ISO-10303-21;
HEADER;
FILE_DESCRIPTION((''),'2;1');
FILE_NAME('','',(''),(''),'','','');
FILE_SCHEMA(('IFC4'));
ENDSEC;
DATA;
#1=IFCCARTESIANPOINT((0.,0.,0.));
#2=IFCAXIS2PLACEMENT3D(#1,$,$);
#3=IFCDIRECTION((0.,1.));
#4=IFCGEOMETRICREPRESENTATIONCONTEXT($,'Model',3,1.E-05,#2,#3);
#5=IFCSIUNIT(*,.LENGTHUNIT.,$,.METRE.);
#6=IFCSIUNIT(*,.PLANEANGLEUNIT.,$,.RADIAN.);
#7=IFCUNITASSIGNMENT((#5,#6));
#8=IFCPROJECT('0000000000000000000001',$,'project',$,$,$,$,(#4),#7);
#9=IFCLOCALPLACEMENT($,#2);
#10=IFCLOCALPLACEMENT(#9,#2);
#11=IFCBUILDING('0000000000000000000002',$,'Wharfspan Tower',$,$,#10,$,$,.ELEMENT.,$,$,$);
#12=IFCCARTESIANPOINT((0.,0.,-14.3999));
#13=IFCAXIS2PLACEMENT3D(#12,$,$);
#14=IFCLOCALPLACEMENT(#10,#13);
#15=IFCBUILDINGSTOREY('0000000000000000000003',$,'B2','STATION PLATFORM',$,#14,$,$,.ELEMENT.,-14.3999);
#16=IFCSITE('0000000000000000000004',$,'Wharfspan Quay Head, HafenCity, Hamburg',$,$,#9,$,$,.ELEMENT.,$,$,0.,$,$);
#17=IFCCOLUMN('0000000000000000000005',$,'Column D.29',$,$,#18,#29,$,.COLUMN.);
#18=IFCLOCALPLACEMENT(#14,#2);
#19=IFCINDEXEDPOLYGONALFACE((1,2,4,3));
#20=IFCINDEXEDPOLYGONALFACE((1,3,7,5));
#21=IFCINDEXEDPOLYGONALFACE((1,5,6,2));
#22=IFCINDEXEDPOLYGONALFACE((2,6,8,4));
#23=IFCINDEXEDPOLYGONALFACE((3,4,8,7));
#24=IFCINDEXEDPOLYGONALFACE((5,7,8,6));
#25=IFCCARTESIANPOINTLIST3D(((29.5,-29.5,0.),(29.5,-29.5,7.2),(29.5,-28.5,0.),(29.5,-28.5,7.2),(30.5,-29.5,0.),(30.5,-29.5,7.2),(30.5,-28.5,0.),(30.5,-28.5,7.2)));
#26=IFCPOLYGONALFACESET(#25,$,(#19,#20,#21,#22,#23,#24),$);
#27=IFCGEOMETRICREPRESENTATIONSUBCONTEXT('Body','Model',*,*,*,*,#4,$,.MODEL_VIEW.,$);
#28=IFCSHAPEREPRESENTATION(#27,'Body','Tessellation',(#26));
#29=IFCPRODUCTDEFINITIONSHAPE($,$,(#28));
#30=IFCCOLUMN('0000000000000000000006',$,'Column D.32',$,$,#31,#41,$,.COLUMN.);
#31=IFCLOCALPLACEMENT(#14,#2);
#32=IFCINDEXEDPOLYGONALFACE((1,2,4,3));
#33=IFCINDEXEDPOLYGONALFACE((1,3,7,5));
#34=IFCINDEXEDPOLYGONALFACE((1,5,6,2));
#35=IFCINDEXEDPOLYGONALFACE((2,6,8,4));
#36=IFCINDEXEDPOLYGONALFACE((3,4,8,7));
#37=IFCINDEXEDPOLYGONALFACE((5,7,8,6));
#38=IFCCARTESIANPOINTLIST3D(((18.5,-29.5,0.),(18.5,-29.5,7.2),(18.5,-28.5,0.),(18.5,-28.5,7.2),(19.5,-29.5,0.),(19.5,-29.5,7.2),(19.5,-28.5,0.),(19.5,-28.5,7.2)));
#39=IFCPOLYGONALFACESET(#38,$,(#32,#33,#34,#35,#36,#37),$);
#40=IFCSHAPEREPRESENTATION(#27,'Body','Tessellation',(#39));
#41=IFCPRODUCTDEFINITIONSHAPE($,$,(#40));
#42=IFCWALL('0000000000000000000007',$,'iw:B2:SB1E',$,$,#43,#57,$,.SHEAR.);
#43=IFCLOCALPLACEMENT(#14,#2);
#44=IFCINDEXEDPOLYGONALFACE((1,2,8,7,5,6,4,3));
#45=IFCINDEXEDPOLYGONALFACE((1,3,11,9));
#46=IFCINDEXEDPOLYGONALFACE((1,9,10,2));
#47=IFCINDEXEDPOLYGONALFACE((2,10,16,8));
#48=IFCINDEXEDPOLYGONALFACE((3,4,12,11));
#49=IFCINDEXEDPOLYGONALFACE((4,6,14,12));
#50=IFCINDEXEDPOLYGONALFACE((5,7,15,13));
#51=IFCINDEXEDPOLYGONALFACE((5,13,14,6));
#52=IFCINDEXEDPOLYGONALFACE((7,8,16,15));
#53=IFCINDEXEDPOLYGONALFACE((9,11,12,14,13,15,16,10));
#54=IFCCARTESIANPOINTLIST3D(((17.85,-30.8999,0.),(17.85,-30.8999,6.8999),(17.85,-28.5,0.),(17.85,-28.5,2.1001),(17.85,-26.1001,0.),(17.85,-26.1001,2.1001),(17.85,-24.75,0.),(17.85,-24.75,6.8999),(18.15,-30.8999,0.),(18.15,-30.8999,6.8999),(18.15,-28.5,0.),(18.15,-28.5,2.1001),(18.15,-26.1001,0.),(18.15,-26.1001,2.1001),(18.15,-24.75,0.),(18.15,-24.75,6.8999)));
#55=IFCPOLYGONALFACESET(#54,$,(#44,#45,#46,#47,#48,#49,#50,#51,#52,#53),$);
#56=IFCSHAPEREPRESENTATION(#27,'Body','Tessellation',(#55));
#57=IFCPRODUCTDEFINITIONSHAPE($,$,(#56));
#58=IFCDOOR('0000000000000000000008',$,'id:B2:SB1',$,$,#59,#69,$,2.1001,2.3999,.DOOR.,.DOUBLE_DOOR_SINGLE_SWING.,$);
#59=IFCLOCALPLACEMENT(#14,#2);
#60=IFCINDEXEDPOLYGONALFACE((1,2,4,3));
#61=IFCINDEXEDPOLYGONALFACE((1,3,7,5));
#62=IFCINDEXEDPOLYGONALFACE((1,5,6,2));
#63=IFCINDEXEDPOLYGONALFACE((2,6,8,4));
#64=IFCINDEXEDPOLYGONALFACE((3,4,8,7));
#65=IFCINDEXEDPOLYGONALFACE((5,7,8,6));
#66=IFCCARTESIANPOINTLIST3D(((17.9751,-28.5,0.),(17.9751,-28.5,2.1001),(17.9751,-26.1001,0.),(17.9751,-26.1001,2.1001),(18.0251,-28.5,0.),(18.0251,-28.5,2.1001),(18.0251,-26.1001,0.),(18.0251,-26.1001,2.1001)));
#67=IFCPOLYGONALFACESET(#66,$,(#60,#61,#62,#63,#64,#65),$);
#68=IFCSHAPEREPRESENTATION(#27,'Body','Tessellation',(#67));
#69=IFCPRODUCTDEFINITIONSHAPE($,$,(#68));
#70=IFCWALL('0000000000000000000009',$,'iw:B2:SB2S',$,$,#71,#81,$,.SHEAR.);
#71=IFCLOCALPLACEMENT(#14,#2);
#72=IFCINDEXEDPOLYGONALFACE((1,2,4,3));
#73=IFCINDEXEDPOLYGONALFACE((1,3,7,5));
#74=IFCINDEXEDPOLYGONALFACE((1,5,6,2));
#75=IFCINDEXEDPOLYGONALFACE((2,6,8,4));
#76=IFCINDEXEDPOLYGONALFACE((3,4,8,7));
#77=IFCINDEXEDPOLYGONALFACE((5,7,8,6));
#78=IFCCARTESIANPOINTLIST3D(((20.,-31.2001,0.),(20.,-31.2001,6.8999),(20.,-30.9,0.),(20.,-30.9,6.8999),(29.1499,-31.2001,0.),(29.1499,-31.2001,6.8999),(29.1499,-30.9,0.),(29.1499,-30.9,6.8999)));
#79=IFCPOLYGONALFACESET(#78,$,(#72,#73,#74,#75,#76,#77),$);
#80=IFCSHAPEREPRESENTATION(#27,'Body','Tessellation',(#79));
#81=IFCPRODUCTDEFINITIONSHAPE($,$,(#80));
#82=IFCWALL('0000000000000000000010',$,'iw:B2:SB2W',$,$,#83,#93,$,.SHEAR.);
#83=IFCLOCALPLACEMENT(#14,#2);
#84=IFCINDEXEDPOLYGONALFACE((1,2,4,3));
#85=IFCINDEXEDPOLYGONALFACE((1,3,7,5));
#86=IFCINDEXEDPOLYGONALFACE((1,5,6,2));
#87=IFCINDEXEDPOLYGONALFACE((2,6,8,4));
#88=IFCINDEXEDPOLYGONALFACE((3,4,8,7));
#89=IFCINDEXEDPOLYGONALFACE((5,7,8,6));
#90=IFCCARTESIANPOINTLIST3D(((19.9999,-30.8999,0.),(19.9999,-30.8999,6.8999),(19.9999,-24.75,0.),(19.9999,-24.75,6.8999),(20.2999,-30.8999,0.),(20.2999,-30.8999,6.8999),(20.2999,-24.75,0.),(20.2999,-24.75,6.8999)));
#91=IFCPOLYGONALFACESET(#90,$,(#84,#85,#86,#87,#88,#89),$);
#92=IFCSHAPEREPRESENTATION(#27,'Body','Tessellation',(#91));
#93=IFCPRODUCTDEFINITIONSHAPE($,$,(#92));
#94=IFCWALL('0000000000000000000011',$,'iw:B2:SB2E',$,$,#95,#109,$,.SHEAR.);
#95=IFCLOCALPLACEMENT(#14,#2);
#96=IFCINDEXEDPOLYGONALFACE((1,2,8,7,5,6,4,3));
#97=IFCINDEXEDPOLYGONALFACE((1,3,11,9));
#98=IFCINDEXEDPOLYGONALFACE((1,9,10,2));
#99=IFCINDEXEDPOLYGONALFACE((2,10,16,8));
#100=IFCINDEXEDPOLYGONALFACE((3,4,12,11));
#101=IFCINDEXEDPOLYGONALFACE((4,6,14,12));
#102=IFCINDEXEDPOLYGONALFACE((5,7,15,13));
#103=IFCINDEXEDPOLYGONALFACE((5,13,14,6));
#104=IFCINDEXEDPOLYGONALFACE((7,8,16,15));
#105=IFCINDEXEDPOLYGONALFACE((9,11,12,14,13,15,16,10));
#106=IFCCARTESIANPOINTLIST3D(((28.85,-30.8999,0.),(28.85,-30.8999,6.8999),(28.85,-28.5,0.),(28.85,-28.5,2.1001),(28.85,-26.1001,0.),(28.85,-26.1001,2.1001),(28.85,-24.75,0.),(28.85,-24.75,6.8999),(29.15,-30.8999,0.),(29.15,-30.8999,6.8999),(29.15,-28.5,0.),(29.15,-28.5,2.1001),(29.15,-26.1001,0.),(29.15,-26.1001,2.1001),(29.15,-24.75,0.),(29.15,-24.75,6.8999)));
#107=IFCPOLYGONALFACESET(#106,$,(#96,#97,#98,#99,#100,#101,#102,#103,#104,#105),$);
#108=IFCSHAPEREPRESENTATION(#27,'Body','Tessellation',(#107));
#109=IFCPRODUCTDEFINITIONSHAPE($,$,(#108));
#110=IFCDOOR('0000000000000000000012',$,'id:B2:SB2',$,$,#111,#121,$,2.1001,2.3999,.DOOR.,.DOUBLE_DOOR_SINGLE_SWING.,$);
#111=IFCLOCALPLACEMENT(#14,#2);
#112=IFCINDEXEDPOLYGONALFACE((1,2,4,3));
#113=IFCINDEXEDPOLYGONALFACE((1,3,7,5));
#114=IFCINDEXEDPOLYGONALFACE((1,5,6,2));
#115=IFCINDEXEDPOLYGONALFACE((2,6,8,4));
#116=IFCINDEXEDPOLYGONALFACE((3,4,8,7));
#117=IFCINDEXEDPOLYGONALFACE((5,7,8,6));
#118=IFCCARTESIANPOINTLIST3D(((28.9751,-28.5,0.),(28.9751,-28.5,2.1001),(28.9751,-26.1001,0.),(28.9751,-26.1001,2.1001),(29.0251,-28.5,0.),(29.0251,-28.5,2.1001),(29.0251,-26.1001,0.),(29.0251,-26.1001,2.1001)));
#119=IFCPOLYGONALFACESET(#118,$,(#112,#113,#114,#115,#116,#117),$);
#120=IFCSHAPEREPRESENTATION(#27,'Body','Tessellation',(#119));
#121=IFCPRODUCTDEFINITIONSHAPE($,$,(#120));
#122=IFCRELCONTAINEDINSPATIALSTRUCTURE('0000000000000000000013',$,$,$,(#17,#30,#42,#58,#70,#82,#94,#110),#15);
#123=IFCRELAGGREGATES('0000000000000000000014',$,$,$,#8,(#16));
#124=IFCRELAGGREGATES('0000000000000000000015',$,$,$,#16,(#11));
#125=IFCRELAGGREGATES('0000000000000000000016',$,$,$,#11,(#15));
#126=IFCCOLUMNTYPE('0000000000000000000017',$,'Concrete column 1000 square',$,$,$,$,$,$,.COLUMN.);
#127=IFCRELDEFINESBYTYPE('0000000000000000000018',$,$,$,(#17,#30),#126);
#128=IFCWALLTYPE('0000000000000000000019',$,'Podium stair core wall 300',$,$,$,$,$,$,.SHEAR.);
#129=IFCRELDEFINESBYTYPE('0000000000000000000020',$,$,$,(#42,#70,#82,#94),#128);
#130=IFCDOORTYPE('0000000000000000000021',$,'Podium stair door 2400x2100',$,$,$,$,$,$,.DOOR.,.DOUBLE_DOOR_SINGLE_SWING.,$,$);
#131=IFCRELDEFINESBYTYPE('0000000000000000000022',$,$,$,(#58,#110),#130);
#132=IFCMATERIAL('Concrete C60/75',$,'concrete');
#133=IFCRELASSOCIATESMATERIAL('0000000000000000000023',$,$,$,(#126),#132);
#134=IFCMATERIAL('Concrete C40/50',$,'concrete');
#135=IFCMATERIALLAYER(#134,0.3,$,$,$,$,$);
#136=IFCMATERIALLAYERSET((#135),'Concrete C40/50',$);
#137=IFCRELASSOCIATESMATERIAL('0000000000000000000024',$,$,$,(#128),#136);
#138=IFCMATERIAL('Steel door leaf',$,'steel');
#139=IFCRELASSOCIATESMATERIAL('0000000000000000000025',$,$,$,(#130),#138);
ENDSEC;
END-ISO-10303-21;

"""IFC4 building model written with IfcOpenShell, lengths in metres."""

from ifc_helpers import new_model, si_unit, direction, frame, frame_2d, origin, origin_2d, place, context, subcontext, project, spatial, rectangle, extrude, material, layer, layer_set, material_profile, profile_set, type_object, element, fill, save


model = new_model("IFC4")

# Units and contexts
model_context = context("Model", 3, precision=1e-05, world=origin(), true_north=direction((0.0, 1.0)))
body_context = subcontext(model_context, "Body", "Model", "MODEL_VIEW")
ifc_project = project(units=[si_unit("LENGTHUNIT", "METRE"), si_unit("PLANEANGLEUNIT", "RADIAN")], contexts=[model_context])

# Site, building, storey
site_placement = place(None, origin())
site = spatial("IfcSite", under=ifc_project, at=site_placement, Name="Wharfspan Quay Head, HafenCity, Hamburg", CompositionType="ELEMENT", RefElevation=0.0)
building_placement = place(site_placement, origin())
building = spatial("IfcBuilding", under=site, at=building_placement, Name="Wharfspan Tower", CompositionType="ELEMENT")
storey_placement = place(building_placement, frame((0.0, 0.0, -14.3999)))
storey = spatial("IfcBuildingStorey", under=building, at=storey_placement, Name="B2", Description="STATION PLATFORM", CompositionType="ELEMENT", Elevation=-14.3999)

# Columns
ifc_material_1 = material(Name="Concrete C60/75", Category="concrete")
ifc_material_profile = material_profile(ifc_material_1, rectangle(XDim=1.0, YDim=1.0, at=origin_2d()))
ifc_profile_set = profile_set([ifc_material_profile], Name="Concrete C60/75")
column_type = type_object("IfcColumnType", Name="Concrete column 1000 square", PredefinedType="COLUMN", material=ifc_profile_set)
for number, where, z_axis, x_axis, name in (
    (1, (30.0, -29.0, 0.0), (0.0, 0.0, 1.0), (1.0, 0.0, 0.0), "Column D.29"),
    (2, (19.0, -29.0, 0.0), (0.0, 0.0, 1.0), (1.0, 0.0, 0.0), "Column D.32"),
):
    element("IfcColumn", number, at=place(storey_placement, frame(where, z_axis=z_axis, x_axis=x_axis)), inside=storey, type_object=column_type, Name=name, PredefinedType="COLUMN", context=body_context, shape_type="SweptSolid", body=[
        extrude(rectangle(XDim=1.0, YDim=1.0, at=origin_2d()), origin(), (0.0, 0.0, 1.0), 7.2),
    ])

# Wall, opening, door
ifc_material_2 = material(Name="Concrete C40/50", Category="concrete")
ifc_layer = layer(ifc_material_2, 0.3)
ifc_layer_set = layer_set([ifc_layer], Name="Concrete C40/50")
wall_type = type_object("IfcWallType", Name="Podium stair core wall 300", PredefinedType="SHEAR", material=ifc_layer_set)
wall_1_placement = place(storey_placement, frame((18.0, -30.8999, 0.0), z_axis=(0.0, 0.0, 1.0), x_axis=(0.0, 1.0, 0.0)))
wall_1 = element("IfcWall", 3, at=wall_1_placement, inside=storey, type_object=wall_type, Name="iw:B2:SB1E", PredefinedType="SHEAR", context=body_context, shape_type="SweptSolid", body=[
    extrude(rectangle(XDim=6.1499, YDim=0.3, at=frame_2d((3.075, 0.0))), origin(), (0.0, 0.0, 1.0), 6.8999),
])
opening_1_placement = place(wall_1_placement, frame((2.3999, 0.0, 0.0)))
opening_1 = element("IfcOpeningElement", 4, at=opening_1_placement, cuts=wall_1, PredefinedType="OPENING", context=body_context, shape_type="SweptSolid", body=[
    extrude(rectangle(XDim=2.3999, YDim=2.1001, at=frame_2d((1.2, 1.05))), frame((0.0, 0.1599, 0.0), z_axis=(0.0, -1.0, 0.0), x_axis=(1.0, 0.0, 0.0)), (0.0, 0.0, 1.0), 0.3201),
])
ifc_material_3 = material(Name="Steel door leaf", Category="steel")
door_type = type_object("IfcDoorType", Name="Podium stair door 2400x2100", OperationType="DOUBLE_DOOR_SINGLE_SWING", PredefinedType="DOOR", material=ifc_material_3)
door_1_placement = place(opening_1_placement, origin())
door_1 = element("IfcDoor", 5, at=door_1_placement, inside=storey, type_object=door_type, Name="id:B2:SB1", OperationType="DOUBLE_DOOR_SINGLE_SWING", OverallHeight=2.1001, OverallWidth=2.3999, PredefinedType="DOOR", context=body_context, shape_type="SweptSolid", body=[
    extrude(rectangle(XDim=2.3999, YDim=2.1001, at=frame_2d((1.2, 1.05))), frame((0.0, 0.0249, 0.0), z_axis=(0.0, -1.0, 0.0), x_axis=(1.0, 0.0, 0.0)), (0.0, 0.0, 1.0), 0.05),
])
fill(opening_1, door_1)

# Walls
wall_2_placement = place(storey_placement, frame((20.0, -31.05, 0.0), z_axis=(0.0, 0.0, 1.0), x_axis=(1.0, 0.0, 0.0)))
element("IfcWall", 6, at=wall_2_placement, inside=storey, type_object=wall_type, Name="iw:B2:SB2S", PredefinedType="SHEAR", context=body_context, shape_type="SweptSolid", body=[
    extrude(rectangle(XDim=9.1499, YDim=0.3, at=frame_2d((4.575, 0.0))), origin(), (0.0, 0.0, 1.0), 6.8999),
])
wall_3_placement = place(storey_placement, frame((20.1499, -30.8999, 0.0), z_axis=(0.0, 0.0, 1.0), x_axis=(0.0, 1.0, 0.0)))
element("IfcWall", 7, at=wall_3_placement, inside=storey, type_object=wall_type, Name="iw:B2:SB2W", PredefinedType="SHEAR", context=body_context, shape_type="SweptSolid", body=[
    extrude(rectangle(XDim=6.1499, YDim=0.3, at=frame_2d((3.075, 0.0))), origin(), (0.0, 0.0, 1.0), 6.8999),
])

# Wall, opening, door
wall_4_placement = place(storey_placement, frame((29.0, -30.8999, 0.0), z_axis=(0.0, 0.0, 1.0), x_axis=(0.0, 1.0, 0.0)))
wall_4 = element("IfcWall", 8, at=wall_4_placement, inside=storey, type_object=wall_type, Name="iw:B2:SB2E", PredefinedType="SHEAR", context=body_context, shape_type="SweptSolid", body=[
    extrude(rectangle(XDim=6.1499, YDim=0.3, at=frame_2d((3.075, 0.0))), origin(), (0.0, 0.0, 1.0), 6.8999),
])
opening_2_placement = place(wall_4_placement, frame((2.3999, 0.0, 0.0)))
opening_2 = element("IfcOpeningElement", 9, at=opening_2_placement, cuts=wall_4, PredefinedType="OPENING", context=body_context, shape_type="SweptSolid", body=[
    extrude(rectangle(XDim=2.3999, YDim=2.1001, at=frame_2d((1.2, 1.05))), frame((0.0, 0.1599, 0.0), z_axis=(0.0, -1.0, 0.0), x_axis=(1.0, 0.0, 0.0)), (0.0, 0.0, 1.0), 0.3201),
])
door_2_placement = place(opening_2_placement, origin())
door_2 = element("IfcDoor", 10, at=door_2_placement, inside=storey, type_object=door_type, Name="id:B2:SB2", OperationType="DOUBLE_DOOR_SINGLE_SWING", OverallHeight=2.1001, OverallWidth=2.3999, PredefinedType="DOOR", context=body_context, shape_type="SweptSolid", body=[
    extrude(rectangle(XDim=2.3999, YDim=2.1001, at=frame_2d((1.2, 1.05))), frame((0.0, 0.0249, 0.0), z_axis=(0.0, -1.0, 0.0), x_axis=(1.0, 0.0, 0.0)), (0.0, 0.0, 1.0), 0.05),
])
fill(opening_2, door_2)

save(model, "model.ifc")
